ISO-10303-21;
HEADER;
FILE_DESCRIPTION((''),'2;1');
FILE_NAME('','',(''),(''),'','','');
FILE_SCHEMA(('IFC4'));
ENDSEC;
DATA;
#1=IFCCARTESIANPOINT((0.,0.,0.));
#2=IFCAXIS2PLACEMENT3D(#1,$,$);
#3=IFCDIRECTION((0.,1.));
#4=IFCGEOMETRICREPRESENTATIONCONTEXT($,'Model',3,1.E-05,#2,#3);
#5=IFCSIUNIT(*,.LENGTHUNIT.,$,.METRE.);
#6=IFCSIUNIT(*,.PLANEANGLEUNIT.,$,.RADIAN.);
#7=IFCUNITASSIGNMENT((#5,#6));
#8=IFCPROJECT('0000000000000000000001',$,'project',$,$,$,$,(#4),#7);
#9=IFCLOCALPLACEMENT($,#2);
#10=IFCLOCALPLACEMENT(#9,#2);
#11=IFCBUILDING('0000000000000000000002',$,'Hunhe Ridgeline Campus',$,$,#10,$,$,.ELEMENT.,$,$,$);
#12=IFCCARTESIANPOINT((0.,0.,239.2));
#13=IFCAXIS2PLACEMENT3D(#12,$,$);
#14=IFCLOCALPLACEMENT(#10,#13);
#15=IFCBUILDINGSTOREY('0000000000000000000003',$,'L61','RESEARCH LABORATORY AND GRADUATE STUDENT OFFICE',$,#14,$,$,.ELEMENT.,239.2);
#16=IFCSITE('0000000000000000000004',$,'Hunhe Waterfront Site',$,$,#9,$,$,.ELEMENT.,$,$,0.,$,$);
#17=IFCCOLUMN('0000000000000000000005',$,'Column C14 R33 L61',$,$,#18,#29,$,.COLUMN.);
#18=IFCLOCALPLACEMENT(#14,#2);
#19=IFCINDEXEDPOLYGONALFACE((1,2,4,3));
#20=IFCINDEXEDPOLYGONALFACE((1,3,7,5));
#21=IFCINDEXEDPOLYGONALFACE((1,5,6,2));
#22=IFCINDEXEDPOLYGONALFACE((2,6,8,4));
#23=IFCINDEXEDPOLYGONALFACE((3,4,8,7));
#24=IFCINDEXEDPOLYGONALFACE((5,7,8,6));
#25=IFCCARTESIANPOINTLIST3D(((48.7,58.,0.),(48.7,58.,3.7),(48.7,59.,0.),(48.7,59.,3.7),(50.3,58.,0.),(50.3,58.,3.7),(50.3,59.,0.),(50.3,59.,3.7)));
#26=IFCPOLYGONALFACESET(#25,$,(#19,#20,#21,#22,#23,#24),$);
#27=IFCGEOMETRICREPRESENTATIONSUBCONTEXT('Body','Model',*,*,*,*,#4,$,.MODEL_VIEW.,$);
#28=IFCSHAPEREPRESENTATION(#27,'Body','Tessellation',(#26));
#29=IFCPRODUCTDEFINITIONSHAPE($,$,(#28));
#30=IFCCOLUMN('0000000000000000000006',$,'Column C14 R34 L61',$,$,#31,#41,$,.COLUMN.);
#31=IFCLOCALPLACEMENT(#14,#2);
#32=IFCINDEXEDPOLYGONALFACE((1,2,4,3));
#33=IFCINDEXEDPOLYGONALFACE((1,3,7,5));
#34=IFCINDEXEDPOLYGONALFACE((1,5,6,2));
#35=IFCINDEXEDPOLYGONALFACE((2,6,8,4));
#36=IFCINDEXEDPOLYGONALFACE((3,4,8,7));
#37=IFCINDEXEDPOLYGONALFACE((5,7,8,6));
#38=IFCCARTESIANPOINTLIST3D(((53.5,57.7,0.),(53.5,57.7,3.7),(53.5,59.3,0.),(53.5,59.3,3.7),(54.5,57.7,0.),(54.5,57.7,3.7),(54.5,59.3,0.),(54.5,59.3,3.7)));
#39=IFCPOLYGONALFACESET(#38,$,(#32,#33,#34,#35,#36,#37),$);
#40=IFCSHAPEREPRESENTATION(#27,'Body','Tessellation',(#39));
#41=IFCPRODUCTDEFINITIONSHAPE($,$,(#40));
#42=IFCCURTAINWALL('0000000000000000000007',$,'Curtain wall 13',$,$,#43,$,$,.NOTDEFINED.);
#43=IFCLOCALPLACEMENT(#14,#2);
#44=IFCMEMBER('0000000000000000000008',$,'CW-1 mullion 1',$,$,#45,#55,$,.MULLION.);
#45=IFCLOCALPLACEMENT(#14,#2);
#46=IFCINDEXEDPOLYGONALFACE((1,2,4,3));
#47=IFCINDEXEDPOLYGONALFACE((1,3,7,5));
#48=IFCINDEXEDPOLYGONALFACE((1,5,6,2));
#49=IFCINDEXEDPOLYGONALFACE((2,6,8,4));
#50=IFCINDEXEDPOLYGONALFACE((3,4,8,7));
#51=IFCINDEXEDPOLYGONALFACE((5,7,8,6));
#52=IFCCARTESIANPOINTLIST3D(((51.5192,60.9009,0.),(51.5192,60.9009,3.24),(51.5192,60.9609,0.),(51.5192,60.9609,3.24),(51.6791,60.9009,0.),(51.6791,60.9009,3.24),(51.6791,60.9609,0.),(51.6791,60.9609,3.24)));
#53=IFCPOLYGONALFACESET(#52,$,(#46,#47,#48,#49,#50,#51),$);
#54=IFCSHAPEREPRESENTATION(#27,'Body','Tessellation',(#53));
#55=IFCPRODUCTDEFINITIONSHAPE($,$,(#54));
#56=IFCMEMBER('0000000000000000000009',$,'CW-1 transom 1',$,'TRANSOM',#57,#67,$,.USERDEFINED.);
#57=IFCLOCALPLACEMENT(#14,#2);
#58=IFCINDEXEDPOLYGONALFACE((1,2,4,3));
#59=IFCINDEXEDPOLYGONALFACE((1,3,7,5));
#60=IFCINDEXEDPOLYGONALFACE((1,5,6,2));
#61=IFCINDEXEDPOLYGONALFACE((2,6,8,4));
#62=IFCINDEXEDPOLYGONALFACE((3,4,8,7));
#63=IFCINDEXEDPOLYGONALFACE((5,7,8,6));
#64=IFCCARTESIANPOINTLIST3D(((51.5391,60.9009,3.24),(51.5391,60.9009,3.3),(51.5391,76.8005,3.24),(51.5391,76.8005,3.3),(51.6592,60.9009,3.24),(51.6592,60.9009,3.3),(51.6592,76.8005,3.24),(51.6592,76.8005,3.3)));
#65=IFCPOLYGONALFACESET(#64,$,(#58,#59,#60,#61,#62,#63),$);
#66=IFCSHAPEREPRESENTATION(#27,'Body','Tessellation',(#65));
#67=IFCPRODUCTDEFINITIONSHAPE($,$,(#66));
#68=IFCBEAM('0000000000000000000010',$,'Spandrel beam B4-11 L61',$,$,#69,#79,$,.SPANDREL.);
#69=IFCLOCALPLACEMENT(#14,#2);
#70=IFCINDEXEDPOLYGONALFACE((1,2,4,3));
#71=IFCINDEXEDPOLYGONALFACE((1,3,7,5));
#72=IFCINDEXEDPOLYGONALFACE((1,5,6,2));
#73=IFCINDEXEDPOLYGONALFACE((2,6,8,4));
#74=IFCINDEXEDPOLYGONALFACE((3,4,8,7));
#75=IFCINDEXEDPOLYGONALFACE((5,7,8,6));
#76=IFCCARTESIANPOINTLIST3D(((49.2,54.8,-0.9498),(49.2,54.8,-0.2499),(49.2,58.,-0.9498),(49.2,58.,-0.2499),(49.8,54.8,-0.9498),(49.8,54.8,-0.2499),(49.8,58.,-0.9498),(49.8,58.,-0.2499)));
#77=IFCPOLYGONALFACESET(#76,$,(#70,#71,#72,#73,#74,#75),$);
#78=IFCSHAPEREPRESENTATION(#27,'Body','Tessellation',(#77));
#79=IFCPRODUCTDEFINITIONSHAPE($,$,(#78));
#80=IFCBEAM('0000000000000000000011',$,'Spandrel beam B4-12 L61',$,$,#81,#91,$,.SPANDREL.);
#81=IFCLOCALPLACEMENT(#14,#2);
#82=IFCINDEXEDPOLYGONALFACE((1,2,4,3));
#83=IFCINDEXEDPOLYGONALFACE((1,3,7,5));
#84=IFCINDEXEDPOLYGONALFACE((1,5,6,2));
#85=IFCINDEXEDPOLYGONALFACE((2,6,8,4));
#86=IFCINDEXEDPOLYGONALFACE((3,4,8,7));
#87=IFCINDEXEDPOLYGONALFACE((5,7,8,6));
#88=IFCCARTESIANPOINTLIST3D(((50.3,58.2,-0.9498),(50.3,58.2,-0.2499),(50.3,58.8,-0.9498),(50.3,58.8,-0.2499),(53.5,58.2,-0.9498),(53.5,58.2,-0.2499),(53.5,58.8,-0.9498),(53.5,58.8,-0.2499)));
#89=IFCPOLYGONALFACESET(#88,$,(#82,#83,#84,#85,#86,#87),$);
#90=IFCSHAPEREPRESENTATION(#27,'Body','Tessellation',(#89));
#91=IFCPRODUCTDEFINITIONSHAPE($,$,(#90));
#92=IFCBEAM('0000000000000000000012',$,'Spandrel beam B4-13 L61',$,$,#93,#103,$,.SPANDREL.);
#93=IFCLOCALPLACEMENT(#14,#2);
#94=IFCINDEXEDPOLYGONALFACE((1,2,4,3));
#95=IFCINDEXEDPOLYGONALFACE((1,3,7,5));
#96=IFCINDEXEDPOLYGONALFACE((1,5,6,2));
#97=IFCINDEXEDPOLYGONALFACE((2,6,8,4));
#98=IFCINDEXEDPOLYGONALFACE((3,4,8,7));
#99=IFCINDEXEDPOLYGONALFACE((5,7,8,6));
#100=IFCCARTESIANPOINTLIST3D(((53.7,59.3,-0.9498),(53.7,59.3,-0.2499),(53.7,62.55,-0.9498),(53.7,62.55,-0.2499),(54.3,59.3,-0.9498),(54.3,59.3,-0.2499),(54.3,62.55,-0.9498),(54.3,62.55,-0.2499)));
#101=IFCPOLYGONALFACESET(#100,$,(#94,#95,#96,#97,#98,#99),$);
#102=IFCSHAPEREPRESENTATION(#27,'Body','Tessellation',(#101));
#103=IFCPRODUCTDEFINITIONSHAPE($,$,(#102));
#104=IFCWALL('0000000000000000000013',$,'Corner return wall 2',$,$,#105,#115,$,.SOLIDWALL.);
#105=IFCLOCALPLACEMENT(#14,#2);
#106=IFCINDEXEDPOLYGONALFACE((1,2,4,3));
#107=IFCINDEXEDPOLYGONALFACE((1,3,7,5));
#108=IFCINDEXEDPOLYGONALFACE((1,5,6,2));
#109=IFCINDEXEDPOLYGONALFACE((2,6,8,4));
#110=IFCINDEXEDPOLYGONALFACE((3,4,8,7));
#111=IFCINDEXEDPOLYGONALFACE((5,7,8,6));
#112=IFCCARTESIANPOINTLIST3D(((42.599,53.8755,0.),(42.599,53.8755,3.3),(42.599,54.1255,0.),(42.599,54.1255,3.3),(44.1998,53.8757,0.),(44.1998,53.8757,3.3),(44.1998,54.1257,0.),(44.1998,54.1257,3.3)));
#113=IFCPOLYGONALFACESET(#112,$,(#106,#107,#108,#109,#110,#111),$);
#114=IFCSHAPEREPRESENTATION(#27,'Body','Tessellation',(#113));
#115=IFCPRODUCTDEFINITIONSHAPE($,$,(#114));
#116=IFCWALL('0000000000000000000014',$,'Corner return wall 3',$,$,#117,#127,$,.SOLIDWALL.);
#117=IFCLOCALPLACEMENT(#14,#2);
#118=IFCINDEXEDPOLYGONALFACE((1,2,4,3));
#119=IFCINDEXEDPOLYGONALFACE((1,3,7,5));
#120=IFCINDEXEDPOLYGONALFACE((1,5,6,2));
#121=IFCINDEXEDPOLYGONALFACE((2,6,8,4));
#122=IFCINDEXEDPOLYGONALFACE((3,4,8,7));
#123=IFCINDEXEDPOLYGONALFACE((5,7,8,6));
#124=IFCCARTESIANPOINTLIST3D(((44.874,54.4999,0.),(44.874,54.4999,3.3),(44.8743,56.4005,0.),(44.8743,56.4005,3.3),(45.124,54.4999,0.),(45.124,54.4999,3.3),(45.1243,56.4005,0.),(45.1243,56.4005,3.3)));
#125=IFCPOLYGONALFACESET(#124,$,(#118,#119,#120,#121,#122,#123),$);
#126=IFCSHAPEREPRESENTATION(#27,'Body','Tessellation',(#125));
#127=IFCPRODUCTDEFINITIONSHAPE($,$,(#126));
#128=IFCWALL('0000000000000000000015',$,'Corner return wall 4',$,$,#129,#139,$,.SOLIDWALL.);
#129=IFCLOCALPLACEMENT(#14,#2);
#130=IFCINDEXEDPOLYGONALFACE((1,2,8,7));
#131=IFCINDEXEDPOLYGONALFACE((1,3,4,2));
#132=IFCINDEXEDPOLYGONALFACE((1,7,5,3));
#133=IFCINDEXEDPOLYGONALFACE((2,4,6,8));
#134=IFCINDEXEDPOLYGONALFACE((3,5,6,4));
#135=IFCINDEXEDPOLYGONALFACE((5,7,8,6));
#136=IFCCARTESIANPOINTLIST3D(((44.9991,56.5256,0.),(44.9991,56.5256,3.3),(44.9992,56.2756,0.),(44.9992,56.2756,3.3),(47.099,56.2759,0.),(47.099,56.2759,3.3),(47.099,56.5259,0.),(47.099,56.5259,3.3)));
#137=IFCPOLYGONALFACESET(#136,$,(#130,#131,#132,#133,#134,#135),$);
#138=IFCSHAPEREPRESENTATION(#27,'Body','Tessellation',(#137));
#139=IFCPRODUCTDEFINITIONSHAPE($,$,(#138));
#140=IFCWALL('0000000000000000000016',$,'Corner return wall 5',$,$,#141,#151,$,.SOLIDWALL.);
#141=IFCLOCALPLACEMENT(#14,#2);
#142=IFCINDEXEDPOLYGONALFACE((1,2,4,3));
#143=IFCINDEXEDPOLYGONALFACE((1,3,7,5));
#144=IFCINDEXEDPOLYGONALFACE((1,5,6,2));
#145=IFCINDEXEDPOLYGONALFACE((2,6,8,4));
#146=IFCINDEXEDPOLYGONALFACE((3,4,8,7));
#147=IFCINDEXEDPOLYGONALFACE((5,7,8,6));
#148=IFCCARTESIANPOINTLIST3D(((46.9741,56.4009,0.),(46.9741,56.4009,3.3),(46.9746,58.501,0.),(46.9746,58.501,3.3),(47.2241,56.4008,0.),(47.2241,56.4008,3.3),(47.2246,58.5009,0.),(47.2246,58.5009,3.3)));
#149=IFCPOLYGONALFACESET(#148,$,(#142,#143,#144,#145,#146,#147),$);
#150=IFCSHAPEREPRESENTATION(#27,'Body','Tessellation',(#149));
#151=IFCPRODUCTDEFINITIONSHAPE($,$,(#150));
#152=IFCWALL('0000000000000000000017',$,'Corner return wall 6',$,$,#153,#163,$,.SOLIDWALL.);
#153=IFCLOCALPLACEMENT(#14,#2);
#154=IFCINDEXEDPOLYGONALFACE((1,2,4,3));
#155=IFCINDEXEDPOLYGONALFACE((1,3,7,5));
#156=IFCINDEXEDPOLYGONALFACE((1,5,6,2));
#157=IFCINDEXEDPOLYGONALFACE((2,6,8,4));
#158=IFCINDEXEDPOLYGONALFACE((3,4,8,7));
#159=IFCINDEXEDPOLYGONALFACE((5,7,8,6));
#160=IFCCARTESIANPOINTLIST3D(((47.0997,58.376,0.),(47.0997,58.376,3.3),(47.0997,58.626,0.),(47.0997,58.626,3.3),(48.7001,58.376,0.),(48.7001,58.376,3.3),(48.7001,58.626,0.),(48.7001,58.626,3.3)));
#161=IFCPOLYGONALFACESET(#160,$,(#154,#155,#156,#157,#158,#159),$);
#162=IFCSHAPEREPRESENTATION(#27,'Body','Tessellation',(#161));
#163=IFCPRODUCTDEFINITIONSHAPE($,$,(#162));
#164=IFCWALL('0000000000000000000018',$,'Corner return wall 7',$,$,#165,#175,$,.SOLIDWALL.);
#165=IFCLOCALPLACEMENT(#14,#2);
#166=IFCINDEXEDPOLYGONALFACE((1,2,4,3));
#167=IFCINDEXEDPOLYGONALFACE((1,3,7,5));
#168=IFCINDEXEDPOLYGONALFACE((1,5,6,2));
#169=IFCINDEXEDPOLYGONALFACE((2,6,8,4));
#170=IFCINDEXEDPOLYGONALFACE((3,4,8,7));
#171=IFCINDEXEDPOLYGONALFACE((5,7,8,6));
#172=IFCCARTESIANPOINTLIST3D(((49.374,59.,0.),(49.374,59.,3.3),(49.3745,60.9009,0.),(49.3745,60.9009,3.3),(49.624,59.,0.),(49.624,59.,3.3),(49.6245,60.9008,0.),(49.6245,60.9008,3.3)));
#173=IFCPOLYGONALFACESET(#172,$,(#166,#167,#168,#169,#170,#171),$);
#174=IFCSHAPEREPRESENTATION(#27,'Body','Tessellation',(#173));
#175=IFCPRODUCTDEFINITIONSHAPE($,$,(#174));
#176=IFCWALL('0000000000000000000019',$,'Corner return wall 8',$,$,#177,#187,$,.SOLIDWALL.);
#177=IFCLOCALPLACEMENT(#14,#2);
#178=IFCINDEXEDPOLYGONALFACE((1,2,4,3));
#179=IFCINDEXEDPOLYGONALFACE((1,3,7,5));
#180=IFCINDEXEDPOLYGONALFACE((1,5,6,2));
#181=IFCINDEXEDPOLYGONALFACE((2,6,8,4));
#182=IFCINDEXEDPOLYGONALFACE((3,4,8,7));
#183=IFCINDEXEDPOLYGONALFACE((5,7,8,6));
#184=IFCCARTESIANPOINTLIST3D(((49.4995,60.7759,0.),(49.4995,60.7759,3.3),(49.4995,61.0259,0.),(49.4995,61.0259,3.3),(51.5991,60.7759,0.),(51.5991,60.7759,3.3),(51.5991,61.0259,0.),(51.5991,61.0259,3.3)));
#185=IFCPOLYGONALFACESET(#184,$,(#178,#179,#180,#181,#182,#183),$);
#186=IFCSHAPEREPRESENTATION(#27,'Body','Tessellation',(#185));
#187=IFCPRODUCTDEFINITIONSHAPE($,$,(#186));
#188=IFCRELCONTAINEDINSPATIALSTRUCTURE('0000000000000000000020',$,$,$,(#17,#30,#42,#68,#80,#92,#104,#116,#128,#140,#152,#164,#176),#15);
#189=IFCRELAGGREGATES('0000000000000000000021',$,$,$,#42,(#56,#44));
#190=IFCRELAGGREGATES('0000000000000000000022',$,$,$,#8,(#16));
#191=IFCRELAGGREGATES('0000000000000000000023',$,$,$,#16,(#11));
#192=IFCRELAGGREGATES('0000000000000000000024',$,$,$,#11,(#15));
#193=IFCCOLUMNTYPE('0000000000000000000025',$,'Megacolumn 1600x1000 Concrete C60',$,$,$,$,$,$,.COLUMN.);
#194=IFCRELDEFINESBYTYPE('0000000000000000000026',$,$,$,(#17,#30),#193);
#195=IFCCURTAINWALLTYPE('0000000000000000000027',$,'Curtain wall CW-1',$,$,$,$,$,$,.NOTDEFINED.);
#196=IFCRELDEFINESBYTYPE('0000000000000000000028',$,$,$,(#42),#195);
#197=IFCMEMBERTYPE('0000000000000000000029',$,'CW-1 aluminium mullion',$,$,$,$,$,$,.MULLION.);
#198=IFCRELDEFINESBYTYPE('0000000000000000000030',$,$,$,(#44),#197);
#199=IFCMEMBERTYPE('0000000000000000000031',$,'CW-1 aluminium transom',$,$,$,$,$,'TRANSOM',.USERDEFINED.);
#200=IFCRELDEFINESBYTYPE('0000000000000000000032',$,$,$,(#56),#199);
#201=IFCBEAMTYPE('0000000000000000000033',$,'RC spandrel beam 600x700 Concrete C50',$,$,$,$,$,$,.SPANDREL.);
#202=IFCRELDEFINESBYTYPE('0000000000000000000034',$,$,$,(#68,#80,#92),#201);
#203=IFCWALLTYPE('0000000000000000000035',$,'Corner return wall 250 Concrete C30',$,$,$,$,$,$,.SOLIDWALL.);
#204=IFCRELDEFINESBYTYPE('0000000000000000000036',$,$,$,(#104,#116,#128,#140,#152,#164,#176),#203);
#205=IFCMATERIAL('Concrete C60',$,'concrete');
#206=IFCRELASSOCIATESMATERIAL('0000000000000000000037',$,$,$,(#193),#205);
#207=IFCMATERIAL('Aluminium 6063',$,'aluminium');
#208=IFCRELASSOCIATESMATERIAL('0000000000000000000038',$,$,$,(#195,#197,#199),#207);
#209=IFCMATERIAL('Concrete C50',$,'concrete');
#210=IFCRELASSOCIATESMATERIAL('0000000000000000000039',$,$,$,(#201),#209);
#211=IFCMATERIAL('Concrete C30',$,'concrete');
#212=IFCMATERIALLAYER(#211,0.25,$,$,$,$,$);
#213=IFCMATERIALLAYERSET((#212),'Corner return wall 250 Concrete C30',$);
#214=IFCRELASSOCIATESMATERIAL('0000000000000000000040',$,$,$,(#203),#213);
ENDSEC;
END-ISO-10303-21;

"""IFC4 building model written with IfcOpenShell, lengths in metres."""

from ifc_helpers import new_model, si_unit, direction, frame, frame_2d, origin, origin_2d, place, context, subcontext, project, spatial, rectangle, extrude, material, layer, layer_set, material_profile, profile_set, type_object, element, aggregate, save


model = new_model("IFC4")

# Units and contexts
model_context = context("Model", 3, precision=1e-05, world=origin(), true_north=direction((0.0, 1.0)))
body_context = subcontext(model_context, "Body", "Model", "MODEL_VIEW")
ifc_project = project(units=[si_unit("LENGTHUNIT", "METRE"), si_unit("PLANEANGLEUNIT", "RADIAN")], contexts=[model_context])

# Site, building, storey
site_placement = place(None, origin())
site = spatial("IfcSite", under=ifc_project, at=site_placement, Name="Hunhe Waterfront Site", CompositionType="ELEMENT", RefElevation=0.0)
building_placement = place(site_placement, origin())
building = spatial("IfcBuilding", under=site, at=building_placement, Name="Hunhe Ridgeline Campus", CompositionType="ELEMENT")
storey_placement = place(building_placement, frame((0.0, 0.0, 239.2)))
storey = spatial("IfcBuildingStorey", under=building, at=storey_placement, Name="L61", Description="RESEARCH LABORATORY AND GRADUATE STUDENT OFFICE", CompositionType="ELEMENT", Elevation=239.2)

# Columns
ifc_material_1 = material(Name="Concrete C60", Category="concrete")
ifc_material_profile_1 = material_profile(ifc_material_1, rectangle(XDim=1.6001, YDim=1.0, at=origin_2d()))
ifc_profile_set_1 = profile_set([ifc_material_profile_1], Name="Concrete C60")
column_type = type_object("IfcColumnType", Name="Megacolumn 1600x1000 Concrete C60", PredefinedType="COLUMN", material=ifc_profile_set_1)
for number, where, z_axis, x_axis, name in (
    (1, (49.5, 58.5, 0.0), (0.0, 0.0, 1.0), (1.0, 0.0, 0.0), "Column C14 R33 L61"),
    (2, (54.0, 58.5, 0.0), (0.0, 0.0, 1.0), (0.0, 1.0, 0.0), "Column C14 R34 L61"),
):
    element("IfcColumn", number, at=place(storey_placement, frame(where, z_axis=z_axis, x_axis=x_axis)), inside=storey, type_object=column_type, Name=name, PredefinedType="COLUMN", context=body_context, shape_type="SweptSolid", body=[
        extrude(rectangle(XDim=1.6001, YDim=1.0, at=origin_2d()), origin(), (0.0, 0.0, 1.0), 3.7),
    ])

# Curtain wall, members
ifc_material_2 = material(Name="Aluminium 6063", Category="aluminium")
curtain_wall_type = type_object("IfcCurtainWallType", Name="Curtain wall CW-1", PredefinedType="NOTDEFINED", material=ifc_material_2)
curtain_wall_placement = place(storey_placement, origin())
curtain_wall = element("IfcCurtainWall", 3, at=curtain_wall_placement, inside=storey, type_object=curtain_wall_type, Name="Curtain wall 13", PredefinedType="NOTDEFINED")
ifc_material_profile_2 = material_profile(ifc_material_2, rectangle(XDim=0.1599, YDim=0.0601, at=origin_2d()))
ifc_profile_set_2 = profile_set([ifc_material_profile_2], Name="Aluminium 6063")
member_type_1 = type_object("IfcMemberType", Name="CW-1 aluminium mullion", PredefinedType="MULLION", material=ifc_profile_set_2)
member_1_placement = place(storey_placement, frame((51.5991, 60.9309, 0.0), z_axis=(0.0, 0.0, 1.0), x_axis=(-1.0, 0.0, 0.0)))
member_1 = element("IfcMember", 4, at=member_1_placement, type_object=member_type_1, Name="CW-1 mullion 1", PredefinedType="MULLION", context=body_context, shape_type="SweptSolid", body=[
    extrude(rectangle(XDim=0.1599, YDim=0.0601, at=origin_2d()), origin(), (0.0, 0.0, 1.0), 3.24),
])
ifc_material_profile_3 = material_profile(ifc_material_2, rectangle(XDim=0.1201, YDim=0.0601, at=origin_2d()))
ifc_profile_set_3 = profile_set([ifc_material_profile_3], Name="Aluminium 6063")
member_type_2 = type_object("IfcMemberType", Name="CW-1 aluminium transom", ElementType="TRANSOM", PredefinedType="USERDEFINED", material=ifc_profile_set_3)
member_2_placement = place(storey_placement, frame((51.5991, 60.9009, 3.27), z_axis=(0.0, 1.0, 0.0), x_axis=(-1.0, 0.0, 0.0)))
member_2 = element("IfcMember", 5, at=member_2_placement, type_object=member_type_2, Name="CW-1 transom 1", ObjectType="TRANSOM", PredefinedType="USERDEFINED", context=body_context, shape_type="SweptSolid", body=[
    extrude(rectangle(XDim=0.1201, YDim=0.0601, at=origin_2d()), origin(), (0.0, 0.0, 1.0), 15.8997),
])
aggregate(curtain_wall, [member_2, member_1])

# Beams
ifc_material_3 = material(Name="Concrete C50", Category="concrete")
ifc_material_profile_4 = material_profile(ifc_material_3, rectangle(XDim=0.6001, YDim=0.7, at=origin_2d()))
ifc_profile_set_4 = profile_set([ifc_material_profile_4], Name="Concrete C50")
beam_type = type_object("IfcBeamType", Name="RC spandrel beam 600x700 Concrete C50", PredefinedType="SPANDREL", material=ifc_profile_set_4)
for number, where, z_axis, x_axis, name in (
    (6, (49.5, 54.8, -0.5999), (0.0, 1.0, 0.0), (-1.0, 0.0, 0.0), "Spandrel beam B4-11 L61"),
    (7, (50.3, 58.5, -0.5999), (1.0, 0.0, 0.0), (0.0, 1.0, 0.0), "Spandrel beam B4-12 L61"),
):
    element("IfcBeam", number, at=place(storey_placement, frame(where, z_axis=z_axis, x_axis=x_axis)), inside=storey, type_object=beam_type, Name=name, PredefinedType="SPANDREL", context=body_context, shape_type="SweptSolid", body=[
        extrude(rectangle(XDim=0.6001, YDim=0.7, at=origin_2d()), origin(), (0.0, 0.0, 1.0), 3.2),
    ])
beam_placement = place(storey_placement, frame((54.0, 59.3, -0.5999), z_axis=(0.0, 1.0, 0.0), x_axis=(-1.0, 0.0, 0.0)))
element("IfcBeam", 8, at=beam_placement, inside=storey, type_object=beam_type, Name="Spandrel beam B4-13 L61", PredefinedType="SPANDREL", context=body_context, shape_type="SweptSolid", body=[
    extrude(rectangle(XDim=0.6001, YDim=0.7, at=origin_2d()), origin(), (0.0, 0.0, 1.0), 3.25),
])

# Walls
ifc_material_4 = material(Name="Concrete C30", Category="concrete")
ifc_layer_1 = layer(ifc_material_4, 0.25)
ifc_layer_set_1 = layer_set([ifc_layer_1], Name="Corner return wall 250 Concrete C30")
wall_type_1 = type_object("IfcWallType", Name="Corner return wall 250 Concrete C30", PredefinedType="SOLIDWALL", material=ifc_layer_set_1)
wall_1_placement = place(storey_placement, frame((42.5991, 54.0005, 0.0), z_axis=(0.0, 0.0, 1.0), x_axis=(1.0, 0.000153, 0.0)))
element("IfcWall", 9, at=wall_1_placement, inside=storey, type_object=wall_type_1, Name="Corner return wall 2", PredefinedType="SOLIDWALL", context=body_context, shape_type="SweptSolid", body=[
    extrude(rectangle(XDim=1.6008, YDim=0.25, at=frame_2d((0.8003, 0.0))), origin(), (0.0, 0.0, 1.0), 3.3),
])
wall_2_placement = place(storey_placement, frame((44.999, 54.5, 0.0), z_axis=(0.0, 0.0, 1.0), x_axis=(0.000128, 1.0, 0.0)))
element("IfcWall", 10, at=wall_2_placement, inside=storey, type_object=wall_type_1, Name="Corner return wall 3", PredefinedType="SOLIDWALL", context=body_context, shape_type="SweptSolid", body=[
    extrude(rectangle(XDim=1.9006, YDim=0.25, at=frame_2d((0.9502, 0.0))), origin(), (0.0, 0.0, 1.0), 3.3),
])
wall_3_placement = place(storey_placement, frame((44.9993, 56.4006, 0.0), z_axis=(0.0, 0.0, 1.0), x_axis=(1.0, 0.000116, 0.0)))
element("IfcWall", 11, at=wall_3_placement, inside=storey, type_object=wall_type_1, Name="Corner return wall 4", PredefinedType="SOLIDWALL", context=body_context, shape_type="SweptSolid", body=[
    extrude(rectangle(XDim=2.0999, YDim=0.25, at=frame_2d((1.0498, 0.0))), origin(), (0.0, 0.0, 1.0), 3.3),
])
wall_4_placement = place(storey_placement, frame((47.0991, 56.4009, 0.0), z_axis=(0.0, 0.0, 1.0), x_axis=(0.000233, 1.0, 0.0)))
element("IfcWall", 12, at=wall_4_placement, inside=storey, type_object=wall_type_1, Name="Corner return wall 5", PredefinedType="SOLIDWALL", context=body_context, shape_type="SweptSolid", body=[
    extrude(rectangle(XDim=2.1001, YDim=0.25, at=frame_2d((1.05, 0.0))), origin(), (0.0, 0.0, 1.0), 3.3),
])
wall_5_placement = place(storey_placement, frame((47.0996, 58.501, 0.0), z_axis=(0.0, 0.0, 1.0), x_axis=(1.0, 0.0, 0.0)))
element("IfcWall", 13, at=wall_5_placement, inside=storey, type_object=wall_type_1, Name="Corner return wall 6", PredefinedType="SOLIDWALL", context=body_context, shape_type="SweptSolid", body=[
    extrude(rectangle(XDim=1.6003, YDim=0.25, at=frame_2d((0.8003, 0.0))), origin(), (0.0, 0.0, 1.0), 3.3),
])
wall_6_placement = place(storey_placement, frame((49.499, 59.0, 0.0), z_axis=(0.0, 0.0, 1.0), x_axis=(0.000257, 1.0, 0.0)))
element("IfcWall", 14, at=wall_6_placement, inside=storey, type_object=wall_type_1, Name="Corner return wall 7", PredefinedType="SOLIDWALL", context=body_context, shape_type="SweptSolid", body=[
    extrude(rectangle(XDim=1.9009, YDim=0.25, at=frame_2d((0.9504, 0.0))), origin(), (0.0, 0.0, 1.0), 3.3),
])
wall_7_placement = place(storey_placement, frame((49.4995, 60.9009, 0.0), z_axis=(0.0, 0.0, 1.0), x_axis=(1.0, 0.0, 0.0)))
element("IfcWall", 15, at=wall_7_placement, inside=storey, type_object=wall_type_1, Name="Corner return wall 8", PredefinedType="SOLIDWALL", context=body_context, shape_type="SweptSolid", body=[
    extrude(rectangle(XDim=2.0996, YDim=0.25, at=frame_2d((1.0498, 0.0))), origin(), (0.0, 0.0, 1.0), 3.3),
])

save(model, "model.ifc")
